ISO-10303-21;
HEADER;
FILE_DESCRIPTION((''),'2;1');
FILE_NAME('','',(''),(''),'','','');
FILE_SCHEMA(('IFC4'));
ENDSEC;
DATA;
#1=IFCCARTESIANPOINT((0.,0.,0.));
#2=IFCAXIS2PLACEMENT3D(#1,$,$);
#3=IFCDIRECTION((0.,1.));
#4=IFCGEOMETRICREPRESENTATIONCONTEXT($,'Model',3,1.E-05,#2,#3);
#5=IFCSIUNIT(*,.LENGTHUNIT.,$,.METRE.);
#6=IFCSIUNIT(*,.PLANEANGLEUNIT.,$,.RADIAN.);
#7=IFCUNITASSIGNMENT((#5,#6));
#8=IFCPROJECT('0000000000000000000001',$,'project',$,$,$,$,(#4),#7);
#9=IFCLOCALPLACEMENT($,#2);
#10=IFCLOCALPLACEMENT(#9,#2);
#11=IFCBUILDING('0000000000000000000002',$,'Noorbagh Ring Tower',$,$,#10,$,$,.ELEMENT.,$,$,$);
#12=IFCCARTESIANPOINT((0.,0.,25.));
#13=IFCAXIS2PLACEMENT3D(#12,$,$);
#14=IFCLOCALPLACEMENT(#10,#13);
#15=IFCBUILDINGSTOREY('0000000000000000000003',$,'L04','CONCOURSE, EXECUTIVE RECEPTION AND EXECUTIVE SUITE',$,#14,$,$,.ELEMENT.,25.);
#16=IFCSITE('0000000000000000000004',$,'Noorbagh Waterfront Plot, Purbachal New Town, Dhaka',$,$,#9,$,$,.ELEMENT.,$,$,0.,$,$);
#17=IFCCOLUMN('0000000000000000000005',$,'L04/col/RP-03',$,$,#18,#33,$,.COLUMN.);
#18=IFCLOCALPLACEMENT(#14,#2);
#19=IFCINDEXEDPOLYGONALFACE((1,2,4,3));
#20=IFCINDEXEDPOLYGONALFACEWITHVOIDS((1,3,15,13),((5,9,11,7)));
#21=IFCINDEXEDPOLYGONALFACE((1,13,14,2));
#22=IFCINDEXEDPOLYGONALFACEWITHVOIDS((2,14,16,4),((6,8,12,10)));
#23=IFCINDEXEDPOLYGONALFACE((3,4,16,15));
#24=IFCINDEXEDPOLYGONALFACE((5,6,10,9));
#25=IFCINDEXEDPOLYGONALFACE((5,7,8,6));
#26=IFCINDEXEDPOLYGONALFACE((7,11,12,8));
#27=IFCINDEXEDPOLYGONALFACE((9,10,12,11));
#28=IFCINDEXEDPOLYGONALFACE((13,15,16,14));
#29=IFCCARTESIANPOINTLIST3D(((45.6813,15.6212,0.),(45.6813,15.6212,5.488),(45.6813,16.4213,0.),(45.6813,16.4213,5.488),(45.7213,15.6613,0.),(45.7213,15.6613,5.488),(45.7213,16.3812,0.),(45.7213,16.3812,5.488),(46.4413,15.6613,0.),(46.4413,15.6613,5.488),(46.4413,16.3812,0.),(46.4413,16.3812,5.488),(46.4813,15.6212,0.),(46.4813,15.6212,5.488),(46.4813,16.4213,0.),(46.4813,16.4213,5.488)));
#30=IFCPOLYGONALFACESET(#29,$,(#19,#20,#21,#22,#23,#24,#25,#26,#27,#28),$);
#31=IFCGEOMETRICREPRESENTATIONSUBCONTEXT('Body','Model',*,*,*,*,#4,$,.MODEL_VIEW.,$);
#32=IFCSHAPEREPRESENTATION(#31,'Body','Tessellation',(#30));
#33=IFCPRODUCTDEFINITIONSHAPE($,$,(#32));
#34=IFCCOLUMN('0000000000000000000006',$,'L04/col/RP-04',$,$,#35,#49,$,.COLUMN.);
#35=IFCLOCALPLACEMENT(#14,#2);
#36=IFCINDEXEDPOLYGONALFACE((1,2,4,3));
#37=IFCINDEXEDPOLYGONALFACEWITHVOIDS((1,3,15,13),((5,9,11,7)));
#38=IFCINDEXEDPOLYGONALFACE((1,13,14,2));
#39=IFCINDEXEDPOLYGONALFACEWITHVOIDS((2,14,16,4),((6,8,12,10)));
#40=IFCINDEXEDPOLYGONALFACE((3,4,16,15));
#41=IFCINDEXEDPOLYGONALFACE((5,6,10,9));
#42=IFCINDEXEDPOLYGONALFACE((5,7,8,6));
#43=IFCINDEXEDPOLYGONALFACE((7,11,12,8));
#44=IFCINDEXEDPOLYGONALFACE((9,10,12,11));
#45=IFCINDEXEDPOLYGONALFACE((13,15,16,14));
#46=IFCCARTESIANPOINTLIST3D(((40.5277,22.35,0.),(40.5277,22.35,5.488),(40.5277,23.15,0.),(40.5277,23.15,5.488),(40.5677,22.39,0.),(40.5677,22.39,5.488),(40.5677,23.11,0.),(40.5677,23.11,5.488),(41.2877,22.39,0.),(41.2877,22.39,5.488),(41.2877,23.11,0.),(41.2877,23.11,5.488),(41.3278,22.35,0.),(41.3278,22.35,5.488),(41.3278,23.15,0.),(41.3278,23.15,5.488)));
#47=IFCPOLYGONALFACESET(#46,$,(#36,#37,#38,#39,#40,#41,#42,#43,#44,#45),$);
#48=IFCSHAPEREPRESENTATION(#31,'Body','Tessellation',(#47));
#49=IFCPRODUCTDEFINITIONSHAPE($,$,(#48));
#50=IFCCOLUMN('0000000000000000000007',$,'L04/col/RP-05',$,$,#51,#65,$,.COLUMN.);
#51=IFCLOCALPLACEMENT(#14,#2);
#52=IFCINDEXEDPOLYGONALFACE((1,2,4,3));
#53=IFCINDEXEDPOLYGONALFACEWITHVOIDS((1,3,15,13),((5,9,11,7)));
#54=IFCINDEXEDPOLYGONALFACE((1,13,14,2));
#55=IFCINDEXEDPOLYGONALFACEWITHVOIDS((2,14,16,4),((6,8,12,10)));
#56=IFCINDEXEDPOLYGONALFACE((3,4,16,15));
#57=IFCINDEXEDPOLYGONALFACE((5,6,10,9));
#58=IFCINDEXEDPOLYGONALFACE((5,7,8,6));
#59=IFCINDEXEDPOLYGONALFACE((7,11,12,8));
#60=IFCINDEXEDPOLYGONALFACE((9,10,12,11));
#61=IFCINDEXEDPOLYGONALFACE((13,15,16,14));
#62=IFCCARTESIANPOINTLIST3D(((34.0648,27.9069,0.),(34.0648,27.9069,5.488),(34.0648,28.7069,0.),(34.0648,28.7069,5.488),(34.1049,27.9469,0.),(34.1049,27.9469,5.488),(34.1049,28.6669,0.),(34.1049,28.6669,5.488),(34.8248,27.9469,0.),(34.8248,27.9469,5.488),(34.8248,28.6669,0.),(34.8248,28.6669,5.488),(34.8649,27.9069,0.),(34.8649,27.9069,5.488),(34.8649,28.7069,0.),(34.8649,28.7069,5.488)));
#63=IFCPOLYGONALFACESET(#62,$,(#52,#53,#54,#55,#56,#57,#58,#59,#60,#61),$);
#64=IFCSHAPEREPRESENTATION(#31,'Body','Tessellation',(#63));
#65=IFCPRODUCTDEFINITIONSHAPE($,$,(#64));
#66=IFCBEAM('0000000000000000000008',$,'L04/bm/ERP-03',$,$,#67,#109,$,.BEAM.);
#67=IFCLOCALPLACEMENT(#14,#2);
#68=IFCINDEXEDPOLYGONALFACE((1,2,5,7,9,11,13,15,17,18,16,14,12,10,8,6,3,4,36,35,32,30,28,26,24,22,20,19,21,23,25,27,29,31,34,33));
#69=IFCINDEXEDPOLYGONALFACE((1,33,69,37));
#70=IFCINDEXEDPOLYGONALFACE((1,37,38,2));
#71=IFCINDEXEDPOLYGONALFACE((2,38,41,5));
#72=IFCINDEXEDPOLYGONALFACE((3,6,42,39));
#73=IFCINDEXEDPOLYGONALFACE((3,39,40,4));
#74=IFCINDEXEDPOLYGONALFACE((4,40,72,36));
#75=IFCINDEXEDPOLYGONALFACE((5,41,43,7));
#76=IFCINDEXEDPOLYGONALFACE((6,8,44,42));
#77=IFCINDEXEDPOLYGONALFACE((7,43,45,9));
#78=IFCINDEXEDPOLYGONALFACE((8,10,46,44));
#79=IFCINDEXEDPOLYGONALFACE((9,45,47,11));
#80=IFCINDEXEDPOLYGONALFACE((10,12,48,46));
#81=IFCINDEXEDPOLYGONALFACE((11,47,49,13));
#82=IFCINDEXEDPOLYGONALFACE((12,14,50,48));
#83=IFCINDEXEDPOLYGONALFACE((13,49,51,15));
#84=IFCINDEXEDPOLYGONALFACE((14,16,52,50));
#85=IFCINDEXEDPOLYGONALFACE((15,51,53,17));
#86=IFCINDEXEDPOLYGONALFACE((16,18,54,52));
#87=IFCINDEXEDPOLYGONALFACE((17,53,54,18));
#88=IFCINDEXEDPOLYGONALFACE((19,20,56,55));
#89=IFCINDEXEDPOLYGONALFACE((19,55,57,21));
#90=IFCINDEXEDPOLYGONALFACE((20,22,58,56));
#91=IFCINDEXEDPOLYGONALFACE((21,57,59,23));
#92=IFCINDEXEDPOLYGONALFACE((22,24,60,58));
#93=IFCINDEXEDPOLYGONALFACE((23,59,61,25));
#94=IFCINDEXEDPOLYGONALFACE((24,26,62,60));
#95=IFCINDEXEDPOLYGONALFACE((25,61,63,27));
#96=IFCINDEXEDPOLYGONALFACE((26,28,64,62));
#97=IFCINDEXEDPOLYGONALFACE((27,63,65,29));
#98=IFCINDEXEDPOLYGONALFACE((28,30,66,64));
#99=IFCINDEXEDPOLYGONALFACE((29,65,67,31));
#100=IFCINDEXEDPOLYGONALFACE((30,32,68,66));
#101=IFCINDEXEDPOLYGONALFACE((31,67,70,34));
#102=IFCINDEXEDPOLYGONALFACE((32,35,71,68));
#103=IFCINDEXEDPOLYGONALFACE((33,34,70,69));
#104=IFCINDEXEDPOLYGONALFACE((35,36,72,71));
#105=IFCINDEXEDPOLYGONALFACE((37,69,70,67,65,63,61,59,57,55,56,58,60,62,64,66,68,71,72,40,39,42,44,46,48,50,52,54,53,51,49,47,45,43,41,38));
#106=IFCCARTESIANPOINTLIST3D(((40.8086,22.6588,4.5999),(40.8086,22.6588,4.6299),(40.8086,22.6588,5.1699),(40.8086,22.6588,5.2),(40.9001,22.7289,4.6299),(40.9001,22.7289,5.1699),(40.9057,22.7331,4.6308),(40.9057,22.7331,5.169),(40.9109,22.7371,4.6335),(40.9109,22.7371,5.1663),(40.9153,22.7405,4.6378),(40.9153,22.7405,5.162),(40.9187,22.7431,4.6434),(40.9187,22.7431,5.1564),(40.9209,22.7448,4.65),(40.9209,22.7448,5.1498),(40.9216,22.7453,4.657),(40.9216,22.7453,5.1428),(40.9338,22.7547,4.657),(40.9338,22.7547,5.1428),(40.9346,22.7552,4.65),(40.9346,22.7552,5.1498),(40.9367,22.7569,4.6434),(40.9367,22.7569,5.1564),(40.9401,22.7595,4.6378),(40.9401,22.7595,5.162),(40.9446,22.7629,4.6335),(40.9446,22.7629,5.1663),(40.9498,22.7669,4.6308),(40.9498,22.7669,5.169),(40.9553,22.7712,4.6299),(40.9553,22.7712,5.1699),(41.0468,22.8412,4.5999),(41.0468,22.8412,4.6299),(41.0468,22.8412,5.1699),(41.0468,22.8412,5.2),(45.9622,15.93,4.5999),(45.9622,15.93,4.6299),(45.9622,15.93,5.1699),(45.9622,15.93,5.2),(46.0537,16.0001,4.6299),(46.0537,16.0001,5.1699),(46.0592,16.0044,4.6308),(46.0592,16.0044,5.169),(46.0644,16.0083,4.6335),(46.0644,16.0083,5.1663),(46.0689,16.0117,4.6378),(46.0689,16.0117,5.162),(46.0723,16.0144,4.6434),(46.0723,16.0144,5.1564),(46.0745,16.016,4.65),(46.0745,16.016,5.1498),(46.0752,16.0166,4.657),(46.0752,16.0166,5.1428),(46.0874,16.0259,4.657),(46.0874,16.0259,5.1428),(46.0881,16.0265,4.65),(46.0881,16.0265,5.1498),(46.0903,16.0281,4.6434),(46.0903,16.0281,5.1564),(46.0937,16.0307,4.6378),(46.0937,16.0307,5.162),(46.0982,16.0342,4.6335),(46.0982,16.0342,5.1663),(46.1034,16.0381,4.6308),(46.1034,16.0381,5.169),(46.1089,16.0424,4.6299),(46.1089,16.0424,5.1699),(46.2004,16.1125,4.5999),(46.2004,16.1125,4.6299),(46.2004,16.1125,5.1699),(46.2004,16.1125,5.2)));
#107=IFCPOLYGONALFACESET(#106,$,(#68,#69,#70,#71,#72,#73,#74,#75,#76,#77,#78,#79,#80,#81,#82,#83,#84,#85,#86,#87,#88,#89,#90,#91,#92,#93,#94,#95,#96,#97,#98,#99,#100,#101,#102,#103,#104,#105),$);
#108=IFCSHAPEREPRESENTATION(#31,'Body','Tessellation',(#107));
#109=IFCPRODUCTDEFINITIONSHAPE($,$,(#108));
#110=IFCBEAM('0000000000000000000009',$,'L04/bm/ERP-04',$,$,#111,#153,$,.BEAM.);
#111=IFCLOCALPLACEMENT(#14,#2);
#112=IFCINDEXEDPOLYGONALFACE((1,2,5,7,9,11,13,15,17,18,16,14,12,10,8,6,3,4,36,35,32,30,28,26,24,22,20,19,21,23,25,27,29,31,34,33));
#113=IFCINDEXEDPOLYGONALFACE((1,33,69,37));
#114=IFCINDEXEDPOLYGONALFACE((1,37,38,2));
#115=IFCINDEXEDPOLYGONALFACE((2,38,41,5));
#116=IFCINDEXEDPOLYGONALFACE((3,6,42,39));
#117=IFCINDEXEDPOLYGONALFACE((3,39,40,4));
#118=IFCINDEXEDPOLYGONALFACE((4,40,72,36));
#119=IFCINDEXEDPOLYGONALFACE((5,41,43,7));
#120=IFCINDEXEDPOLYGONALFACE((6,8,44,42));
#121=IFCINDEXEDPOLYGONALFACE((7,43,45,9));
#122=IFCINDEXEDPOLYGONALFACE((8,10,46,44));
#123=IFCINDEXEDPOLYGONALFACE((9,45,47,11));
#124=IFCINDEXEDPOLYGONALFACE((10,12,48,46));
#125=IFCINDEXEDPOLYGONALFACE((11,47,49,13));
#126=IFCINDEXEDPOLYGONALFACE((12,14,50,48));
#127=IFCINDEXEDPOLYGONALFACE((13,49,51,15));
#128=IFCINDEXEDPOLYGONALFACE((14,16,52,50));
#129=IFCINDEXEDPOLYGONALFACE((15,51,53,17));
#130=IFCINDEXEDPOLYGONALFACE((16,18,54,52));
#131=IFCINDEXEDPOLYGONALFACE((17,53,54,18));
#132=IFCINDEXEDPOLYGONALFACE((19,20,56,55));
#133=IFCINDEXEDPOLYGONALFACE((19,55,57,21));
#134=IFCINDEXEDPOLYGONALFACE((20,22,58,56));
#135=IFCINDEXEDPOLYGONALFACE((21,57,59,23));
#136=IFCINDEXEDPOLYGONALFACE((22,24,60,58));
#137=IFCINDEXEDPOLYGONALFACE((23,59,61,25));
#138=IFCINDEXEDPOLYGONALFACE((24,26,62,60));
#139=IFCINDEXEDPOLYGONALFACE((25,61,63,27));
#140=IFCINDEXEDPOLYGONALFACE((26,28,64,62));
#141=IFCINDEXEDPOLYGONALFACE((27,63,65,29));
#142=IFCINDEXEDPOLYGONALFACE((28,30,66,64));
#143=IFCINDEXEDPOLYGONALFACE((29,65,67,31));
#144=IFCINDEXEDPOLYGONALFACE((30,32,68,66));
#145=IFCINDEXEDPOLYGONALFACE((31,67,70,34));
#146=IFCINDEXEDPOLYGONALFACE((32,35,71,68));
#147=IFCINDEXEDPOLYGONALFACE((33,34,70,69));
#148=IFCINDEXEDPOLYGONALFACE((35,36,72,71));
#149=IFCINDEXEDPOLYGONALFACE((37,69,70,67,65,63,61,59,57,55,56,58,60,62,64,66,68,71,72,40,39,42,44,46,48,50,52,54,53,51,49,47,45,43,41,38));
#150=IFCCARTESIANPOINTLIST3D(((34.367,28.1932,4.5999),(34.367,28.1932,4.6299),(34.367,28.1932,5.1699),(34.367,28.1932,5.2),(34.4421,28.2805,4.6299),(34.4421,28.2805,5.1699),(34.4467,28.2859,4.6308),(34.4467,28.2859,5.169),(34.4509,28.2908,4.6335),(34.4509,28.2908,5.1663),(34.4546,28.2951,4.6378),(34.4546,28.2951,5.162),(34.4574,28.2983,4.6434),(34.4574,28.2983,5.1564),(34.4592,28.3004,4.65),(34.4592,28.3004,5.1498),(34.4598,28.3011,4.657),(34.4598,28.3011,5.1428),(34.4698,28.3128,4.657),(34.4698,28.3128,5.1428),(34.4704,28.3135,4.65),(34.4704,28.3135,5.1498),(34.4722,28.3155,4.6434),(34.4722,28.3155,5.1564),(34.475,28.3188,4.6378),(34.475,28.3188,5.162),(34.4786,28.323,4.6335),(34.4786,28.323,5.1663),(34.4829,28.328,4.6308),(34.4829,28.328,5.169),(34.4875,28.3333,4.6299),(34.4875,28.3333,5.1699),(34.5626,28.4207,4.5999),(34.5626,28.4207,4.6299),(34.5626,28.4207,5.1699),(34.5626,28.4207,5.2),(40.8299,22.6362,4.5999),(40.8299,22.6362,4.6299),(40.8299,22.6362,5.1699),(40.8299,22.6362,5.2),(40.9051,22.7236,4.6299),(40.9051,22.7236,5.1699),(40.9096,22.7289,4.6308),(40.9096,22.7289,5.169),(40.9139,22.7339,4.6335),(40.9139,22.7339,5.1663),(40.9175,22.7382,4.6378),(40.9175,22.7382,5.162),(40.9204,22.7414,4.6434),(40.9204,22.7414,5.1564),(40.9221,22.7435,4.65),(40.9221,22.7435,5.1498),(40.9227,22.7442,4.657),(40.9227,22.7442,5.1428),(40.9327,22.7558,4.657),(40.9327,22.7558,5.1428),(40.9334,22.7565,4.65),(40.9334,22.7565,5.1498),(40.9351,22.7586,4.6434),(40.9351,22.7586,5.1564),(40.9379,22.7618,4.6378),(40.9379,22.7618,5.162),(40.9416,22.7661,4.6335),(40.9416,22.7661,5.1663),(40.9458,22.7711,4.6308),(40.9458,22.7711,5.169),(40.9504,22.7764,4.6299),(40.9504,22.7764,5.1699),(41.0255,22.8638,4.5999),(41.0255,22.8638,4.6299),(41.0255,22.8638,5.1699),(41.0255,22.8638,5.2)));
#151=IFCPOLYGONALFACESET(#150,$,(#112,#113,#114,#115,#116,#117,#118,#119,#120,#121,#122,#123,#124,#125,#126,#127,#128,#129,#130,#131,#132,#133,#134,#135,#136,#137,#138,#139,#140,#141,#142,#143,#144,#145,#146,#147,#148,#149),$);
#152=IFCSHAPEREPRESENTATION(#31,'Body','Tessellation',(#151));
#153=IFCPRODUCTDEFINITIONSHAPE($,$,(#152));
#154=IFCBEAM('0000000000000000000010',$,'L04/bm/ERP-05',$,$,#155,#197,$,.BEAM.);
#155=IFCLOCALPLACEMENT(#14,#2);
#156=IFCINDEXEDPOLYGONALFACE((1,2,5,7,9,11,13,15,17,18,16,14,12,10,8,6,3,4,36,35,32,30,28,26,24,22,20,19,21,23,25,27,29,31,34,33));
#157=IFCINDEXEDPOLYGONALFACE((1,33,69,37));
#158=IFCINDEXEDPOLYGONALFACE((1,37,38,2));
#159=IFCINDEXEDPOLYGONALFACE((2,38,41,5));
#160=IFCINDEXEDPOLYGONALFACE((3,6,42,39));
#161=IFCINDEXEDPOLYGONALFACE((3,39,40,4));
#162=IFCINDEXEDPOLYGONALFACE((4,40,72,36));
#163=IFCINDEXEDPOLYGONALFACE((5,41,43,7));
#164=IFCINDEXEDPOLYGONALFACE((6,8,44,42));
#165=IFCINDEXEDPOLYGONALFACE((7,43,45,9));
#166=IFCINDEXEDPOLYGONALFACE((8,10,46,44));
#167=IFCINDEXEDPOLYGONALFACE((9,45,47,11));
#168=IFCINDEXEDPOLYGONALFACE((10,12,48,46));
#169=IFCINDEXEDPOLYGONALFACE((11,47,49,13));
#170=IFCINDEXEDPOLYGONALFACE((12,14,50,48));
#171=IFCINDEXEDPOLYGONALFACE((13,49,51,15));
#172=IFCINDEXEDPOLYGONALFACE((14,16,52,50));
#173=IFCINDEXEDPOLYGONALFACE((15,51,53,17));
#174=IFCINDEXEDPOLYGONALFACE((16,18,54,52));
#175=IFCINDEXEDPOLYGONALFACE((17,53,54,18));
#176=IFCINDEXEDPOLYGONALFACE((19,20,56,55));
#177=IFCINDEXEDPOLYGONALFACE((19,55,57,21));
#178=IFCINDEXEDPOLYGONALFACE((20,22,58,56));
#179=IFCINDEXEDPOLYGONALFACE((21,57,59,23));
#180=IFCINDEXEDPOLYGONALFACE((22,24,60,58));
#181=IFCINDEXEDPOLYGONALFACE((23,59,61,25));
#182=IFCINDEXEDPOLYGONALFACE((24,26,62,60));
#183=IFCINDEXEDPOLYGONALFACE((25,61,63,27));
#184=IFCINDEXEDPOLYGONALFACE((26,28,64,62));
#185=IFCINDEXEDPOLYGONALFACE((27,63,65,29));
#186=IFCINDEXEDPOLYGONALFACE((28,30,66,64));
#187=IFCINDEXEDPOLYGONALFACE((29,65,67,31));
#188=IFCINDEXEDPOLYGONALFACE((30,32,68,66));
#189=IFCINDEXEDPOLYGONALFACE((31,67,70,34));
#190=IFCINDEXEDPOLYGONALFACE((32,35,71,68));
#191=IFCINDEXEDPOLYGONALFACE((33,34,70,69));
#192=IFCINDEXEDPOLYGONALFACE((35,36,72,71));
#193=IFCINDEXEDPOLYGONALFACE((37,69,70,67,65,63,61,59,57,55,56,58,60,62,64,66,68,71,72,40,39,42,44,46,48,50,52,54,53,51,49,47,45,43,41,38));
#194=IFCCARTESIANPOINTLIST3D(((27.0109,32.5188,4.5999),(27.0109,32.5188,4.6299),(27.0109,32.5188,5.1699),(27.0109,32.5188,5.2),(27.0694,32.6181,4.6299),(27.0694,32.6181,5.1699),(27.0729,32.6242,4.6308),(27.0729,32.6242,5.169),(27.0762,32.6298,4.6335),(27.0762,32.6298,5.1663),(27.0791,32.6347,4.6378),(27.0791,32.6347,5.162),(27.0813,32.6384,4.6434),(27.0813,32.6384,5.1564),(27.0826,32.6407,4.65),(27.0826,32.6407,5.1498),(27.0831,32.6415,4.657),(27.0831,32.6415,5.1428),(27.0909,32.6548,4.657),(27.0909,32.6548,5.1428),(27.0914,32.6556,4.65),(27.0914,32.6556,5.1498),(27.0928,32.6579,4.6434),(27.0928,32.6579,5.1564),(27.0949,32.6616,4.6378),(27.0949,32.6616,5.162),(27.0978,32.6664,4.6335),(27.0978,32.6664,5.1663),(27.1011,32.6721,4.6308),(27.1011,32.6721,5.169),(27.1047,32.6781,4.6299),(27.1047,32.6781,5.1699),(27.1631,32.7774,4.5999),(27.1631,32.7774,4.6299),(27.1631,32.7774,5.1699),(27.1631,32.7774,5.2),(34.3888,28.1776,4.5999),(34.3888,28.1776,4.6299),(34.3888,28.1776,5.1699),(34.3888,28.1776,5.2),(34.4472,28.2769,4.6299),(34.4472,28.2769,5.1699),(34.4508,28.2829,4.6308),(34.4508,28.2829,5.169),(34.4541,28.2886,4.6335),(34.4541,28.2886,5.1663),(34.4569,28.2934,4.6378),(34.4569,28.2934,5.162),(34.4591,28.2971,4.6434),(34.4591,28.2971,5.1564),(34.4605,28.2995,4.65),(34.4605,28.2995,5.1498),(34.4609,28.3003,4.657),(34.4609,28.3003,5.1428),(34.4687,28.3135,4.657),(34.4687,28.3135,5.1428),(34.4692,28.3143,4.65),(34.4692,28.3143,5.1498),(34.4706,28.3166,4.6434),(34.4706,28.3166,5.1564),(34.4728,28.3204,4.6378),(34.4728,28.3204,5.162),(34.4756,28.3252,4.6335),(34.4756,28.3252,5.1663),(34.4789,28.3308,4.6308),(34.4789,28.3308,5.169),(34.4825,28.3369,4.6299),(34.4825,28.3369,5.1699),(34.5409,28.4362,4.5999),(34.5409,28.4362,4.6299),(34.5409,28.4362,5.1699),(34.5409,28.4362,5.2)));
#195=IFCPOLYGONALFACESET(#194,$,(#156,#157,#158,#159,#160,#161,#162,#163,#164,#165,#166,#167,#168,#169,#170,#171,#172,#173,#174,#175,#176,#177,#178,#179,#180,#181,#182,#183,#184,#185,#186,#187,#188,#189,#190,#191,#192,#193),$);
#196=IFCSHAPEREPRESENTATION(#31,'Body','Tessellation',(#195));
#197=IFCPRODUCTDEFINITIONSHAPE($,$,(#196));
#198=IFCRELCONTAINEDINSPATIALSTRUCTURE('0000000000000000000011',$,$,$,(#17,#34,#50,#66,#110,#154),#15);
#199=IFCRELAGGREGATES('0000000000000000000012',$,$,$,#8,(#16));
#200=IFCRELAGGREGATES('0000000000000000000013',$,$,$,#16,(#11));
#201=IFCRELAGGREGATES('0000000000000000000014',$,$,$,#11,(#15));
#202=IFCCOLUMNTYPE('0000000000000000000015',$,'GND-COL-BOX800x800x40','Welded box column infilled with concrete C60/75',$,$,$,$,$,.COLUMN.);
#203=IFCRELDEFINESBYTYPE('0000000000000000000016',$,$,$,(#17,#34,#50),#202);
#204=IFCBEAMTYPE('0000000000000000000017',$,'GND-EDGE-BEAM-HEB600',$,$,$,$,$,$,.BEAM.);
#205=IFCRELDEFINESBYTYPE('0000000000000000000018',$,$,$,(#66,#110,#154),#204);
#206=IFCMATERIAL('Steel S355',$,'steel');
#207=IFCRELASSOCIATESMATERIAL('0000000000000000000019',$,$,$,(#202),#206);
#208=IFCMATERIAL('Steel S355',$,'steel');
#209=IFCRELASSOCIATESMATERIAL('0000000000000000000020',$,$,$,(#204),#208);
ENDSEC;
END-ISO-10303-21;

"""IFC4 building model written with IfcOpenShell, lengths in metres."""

from ifc_helpers import new_model, si_unit, direction, frame, origin, origin_2d, place, context, subcontext, project, spatial, hollow_rectangle, i_section, extrude, material, material_profile, profile_set, type_object, element, save


model = new_model("IFC4")

# Units and contexts
model_context = context("Model", 3, precision=1e-05, world=origin(), true_north=direction((0.0, 1.0)))
body_context = subcontext(model_context, "Body", "Model", "MODEL_VIEW")
ifc_project = project(units=[si_unit("LENGTHUNIT", "METRE"), si_unit("PLANEANGLEUNIT", "RADIAN")], contexts=[model_context])

# Site, building, storey
site_placement = place(None, origin())
site = spatial("IfcSite", under=ifc_project, at=site_placement, Name="Noorbagh Waterfront Plot, Purbachal New Town, Dhaka", CompositionType="ELEMENT", RefElevation=0.0)
building_placement = place(site_placement, origin())
building = spatial("IfcBuilding", under=site, at=building_placement, Name="Noorbagh Ring Tower", CompositionType="ELEMENT")
storey_placement = place(building_placement, frame((0.0, 0.0, 25.0)))
storey = spatial("IfcBuildingStorey", under=building, at=storey_placement, Name="L04", Description="CONCOURSE, EXECUTIVE RECEPTION AND EXECUTIVE SUITE", CompositionType="ELEMENT", Elevation=25.0)

# Columns
ifc_material_1 = material(Name="Steel S355", Category="steel")
ifc_material_profile_1 = material_profile(ifc_material_1, hollow_rectangle(XDim=0.8, YDim=0.8, WallThickness=0.04, at=origin_2d()), Name="BOX800x800x40")
ifc_profile_set_1 = profile_set([ifc_material_profile_1], Name="Steel S355")
column_type = type_object("IfcColumnType", Name="GND-COL-BOX800x800x40", Description="Welded box column infilled with concrete C60/75", PredefinedType="COLUMN", material=ifc_profile_set_1)
for number, where, z_axis, x_axis, name in (
    (1, (46.0813, 16.0212, 0.0), (0.0, 0.0, 1.0), (1.0, 0.0, 0.0), "L04/col/RP-03"),
    (2, (40.9277, 22.75, 0.0), (0.0, 0.0, 1.0), (1.0, 0.0, 0.0), "L04/col/RP-04"),
    (3, (34.4648, 28.3069, 0.0), (0.0, 0.0, 1.0), (1.0, 0.0, 0.0), "L04/col/RP-05"),
):
    element("IfcColumn", number, at=place(storey_placement, frame(where, z_axis=z_axis, x_axis=x_axis)), inside=storey, type_object=column_type, Name=name, PredefinedType="COLUMN", context=body_context, shape_type="SweptSolid", body=[
        extrude(hollow_rectangle(XDim=0.8, YDim=0.8, WallThickness=0.04, at=origin_2d()), origin(), (0.0, 0.0, 1.0), 5.488),
    ])

# Beams
ifc_material_2 = material(Name="Steel S355", Category="steel")
ifc_material_profile_2 = material_profile(ifc_material_2, i_section(OverallWidth=0.3, OverallDepth=0.6001, WebThickness=0.0154, FlangeThickness=0.03, FilletRadius=0.0271, at=origin_2d()), Name="HEB600")
ifc_profile_set_2 = profile_set([ifc_material_profile_2], Name="Steel S355")
beam_type_1 = type_object("IfcBeamType", Name="GND-EDGE-BEAM-HEB600", PredefinedType="BEAM", material=ifc_profile_set_2)
beam_1_placement = place(storey_placement, frame((46.0813, 16.0212, 4.8999), z_axis=(-0.608049, 0.7939, 0.0), x_axis=(-0.7939, -0.608049, 0.0)))
element("IfcBeam", 4, at=beam_1_placement, inside=storey, type_object=beam_type_1, Name="L04/bm/ERP-03", PredefinedType="BEAM", context=body_context, shape_type="SweptSolid", body=[
    extrude(i_section(OverallWidth=0.3, OverallDepth=0.6001, WebThickness=0.0154, FlangeThickness=0.03, FilletRadius=0.0271, at=origin_2d()), origin(), (0.0, 0.0, 1.0), 8.4756),
])
beam_2_placement = place(storey_placement, frame((40.9277, 22.75, 4.8999), z_axis=(-0.758255, 0.651958, 0.0), x_axis=(-0.651958, -0.758255, 0.0)))
element("IfcBeam", 5, at=beam_2_placement, inside=storey, type_object=beam_type_1, Name="L04/bm/ERP-04", PredefinedType="BEAM", context=body_context, shape_type="SweptSolid", body=[
    extrude(i_section(OverallWidth=0.3, OverallDepth=0.6001, WebThickness=0.0154, FlangeThickness=0.03, FilletRadius=0.0271, at=origin_2d()), origin(), (0.0, 0.0, 1.0), 8.5234),
])
beam_3_placement = place(storey_placement, frame((34.4648, 28.3069, 4.8999), z_axis=(-0.861865, 0.507137, 0.0), x_axis=(-0.507137, -0.861865, 0.0)))
element("IfcBeam", 6, at=beam_3_placement, inside=storey, type_object=beam_type_1, Name="L04/bm/ERP-05", PredefinedType="BEAM", context=body_context, shape_type="SweptSolid", body=[
    extrude(i_section(OverallWidth=0.3, OverallDepth=0.6001, WebThickness=0.0154, FlangeThickness=0.03, FilletRadius=0.0271, at=origin_2d()), origin(), (0.0, 0.0, 1.0), 8.5603),
])

save(model, "model.ifc")
